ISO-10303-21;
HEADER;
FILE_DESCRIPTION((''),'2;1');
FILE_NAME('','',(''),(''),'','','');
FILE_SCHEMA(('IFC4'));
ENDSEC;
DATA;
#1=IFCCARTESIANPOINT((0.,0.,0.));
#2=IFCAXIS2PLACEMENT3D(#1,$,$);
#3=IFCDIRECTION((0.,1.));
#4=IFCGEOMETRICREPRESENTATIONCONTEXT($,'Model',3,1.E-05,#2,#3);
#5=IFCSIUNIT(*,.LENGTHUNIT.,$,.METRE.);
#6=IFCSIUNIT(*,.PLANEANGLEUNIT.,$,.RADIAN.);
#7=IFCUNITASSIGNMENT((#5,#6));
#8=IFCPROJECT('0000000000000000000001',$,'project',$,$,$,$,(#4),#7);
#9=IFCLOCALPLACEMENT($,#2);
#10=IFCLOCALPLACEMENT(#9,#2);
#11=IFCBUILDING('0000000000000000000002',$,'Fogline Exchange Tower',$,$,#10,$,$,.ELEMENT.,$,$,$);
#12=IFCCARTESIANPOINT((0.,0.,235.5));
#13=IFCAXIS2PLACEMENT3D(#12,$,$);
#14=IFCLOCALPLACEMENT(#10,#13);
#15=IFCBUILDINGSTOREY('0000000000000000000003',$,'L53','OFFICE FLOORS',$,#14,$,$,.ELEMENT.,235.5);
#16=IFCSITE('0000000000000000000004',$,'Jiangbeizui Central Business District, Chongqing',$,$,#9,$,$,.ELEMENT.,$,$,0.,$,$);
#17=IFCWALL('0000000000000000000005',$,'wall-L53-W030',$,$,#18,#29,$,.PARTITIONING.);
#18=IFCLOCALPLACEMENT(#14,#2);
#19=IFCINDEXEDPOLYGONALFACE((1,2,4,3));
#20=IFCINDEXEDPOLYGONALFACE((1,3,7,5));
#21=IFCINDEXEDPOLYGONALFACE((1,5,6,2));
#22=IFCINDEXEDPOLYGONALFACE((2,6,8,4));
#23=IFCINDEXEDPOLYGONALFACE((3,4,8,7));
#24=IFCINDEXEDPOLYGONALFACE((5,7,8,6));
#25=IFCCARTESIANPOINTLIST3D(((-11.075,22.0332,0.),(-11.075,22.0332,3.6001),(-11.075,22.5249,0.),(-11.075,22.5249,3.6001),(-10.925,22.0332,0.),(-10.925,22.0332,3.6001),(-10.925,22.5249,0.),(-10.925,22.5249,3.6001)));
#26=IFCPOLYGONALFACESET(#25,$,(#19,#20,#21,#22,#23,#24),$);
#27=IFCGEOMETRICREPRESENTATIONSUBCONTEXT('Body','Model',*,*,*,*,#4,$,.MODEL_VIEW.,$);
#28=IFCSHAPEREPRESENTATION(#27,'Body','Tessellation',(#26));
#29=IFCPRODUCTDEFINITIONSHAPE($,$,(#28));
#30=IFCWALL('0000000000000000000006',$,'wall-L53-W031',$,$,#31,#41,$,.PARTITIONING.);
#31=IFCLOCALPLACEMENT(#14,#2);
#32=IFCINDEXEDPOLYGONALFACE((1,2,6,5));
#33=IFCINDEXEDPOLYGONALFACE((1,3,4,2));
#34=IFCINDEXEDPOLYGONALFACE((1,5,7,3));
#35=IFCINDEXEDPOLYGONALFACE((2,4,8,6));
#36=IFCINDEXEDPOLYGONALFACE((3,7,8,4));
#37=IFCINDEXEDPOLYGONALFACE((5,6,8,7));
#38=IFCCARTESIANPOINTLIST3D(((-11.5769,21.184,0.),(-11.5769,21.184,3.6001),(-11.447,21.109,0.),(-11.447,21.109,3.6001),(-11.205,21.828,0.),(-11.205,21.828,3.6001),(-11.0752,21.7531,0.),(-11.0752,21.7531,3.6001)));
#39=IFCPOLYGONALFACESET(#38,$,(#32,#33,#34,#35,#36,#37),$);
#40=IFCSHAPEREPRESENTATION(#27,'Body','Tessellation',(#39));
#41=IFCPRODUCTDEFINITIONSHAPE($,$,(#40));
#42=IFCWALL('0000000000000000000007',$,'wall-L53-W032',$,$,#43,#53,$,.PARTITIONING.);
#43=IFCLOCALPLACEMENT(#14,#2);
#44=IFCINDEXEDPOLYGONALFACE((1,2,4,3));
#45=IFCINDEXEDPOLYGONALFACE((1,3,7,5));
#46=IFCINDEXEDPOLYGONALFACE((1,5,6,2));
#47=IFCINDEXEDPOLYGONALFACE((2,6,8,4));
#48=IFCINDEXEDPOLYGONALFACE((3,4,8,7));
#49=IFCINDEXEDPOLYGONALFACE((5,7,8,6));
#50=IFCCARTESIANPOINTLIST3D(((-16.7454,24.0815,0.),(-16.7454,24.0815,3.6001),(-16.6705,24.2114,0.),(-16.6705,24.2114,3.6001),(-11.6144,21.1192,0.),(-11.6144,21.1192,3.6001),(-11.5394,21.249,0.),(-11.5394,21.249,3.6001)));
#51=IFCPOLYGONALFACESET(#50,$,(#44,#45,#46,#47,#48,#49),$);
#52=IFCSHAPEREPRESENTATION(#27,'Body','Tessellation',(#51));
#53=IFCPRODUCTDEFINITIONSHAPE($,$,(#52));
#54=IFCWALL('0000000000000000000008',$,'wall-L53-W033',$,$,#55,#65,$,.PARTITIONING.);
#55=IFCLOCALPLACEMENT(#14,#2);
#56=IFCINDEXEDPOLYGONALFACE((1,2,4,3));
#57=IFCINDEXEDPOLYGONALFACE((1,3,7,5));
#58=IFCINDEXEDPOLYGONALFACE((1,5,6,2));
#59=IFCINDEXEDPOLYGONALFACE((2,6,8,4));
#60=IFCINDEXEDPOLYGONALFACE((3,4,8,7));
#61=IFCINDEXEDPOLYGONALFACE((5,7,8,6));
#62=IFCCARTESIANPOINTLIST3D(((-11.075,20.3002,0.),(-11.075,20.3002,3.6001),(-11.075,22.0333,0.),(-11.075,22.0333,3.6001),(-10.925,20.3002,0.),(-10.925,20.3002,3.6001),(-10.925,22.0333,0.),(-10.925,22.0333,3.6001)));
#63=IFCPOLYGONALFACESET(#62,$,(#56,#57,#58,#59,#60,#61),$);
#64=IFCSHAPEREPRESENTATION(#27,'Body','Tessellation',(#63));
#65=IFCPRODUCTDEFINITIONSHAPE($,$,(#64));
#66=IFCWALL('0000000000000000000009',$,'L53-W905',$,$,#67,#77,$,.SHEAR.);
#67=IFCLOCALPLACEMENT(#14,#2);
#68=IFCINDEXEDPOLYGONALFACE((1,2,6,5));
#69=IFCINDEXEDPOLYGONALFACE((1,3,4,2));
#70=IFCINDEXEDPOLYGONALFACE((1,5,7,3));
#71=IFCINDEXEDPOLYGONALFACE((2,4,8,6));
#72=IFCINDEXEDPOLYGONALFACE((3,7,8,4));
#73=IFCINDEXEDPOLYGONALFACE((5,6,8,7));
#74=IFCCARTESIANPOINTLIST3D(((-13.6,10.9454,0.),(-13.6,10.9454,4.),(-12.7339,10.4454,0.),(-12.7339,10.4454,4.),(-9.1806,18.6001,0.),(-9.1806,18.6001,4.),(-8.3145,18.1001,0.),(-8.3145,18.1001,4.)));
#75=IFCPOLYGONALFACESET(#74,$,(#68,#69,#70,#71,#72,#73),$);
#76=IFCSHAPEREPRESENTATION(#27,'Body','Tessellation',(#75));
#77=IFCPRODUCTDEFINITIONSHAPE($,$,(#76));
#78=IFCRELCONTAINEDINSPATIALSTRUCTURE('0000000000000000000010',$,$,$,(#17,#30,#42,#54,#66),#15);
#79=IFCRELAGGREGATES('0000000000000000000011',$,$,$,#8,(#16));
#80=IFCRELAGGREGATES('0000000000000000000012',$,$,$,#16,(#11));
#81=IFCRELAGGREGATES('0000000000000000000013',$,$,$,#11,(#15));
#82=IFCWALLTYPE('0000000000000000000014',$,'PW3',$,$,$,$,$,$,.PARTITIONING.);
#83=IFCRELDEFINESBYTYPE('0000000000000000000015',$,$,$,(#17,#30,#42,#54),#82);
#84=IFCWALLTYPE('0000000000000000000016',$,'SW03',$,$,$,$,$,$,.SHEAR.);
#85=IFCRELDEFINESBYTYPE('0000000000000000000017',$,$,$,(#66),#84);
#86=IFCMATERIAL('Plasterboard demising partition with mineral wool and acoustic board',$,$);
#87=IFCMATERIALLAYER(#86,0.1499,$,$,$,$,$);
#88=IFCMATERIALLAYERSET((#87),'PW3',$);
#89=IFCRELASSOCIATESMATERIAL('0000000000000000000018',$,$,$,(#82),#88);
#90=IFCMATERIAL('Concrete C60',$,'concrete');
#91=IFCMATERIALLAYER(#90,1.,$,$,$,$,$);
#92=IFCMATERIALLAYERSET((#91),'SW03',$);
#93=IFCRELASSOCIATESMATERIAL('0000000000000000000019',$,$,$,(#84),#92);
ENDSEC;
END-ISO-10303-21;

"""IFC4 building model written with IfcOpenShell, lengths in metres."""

from ifc_helpers import new_model, si_unit, direction, frame, frame_2d, origin, place, context, subcontext, project, spatial, rectangle, extrude, material, layer, layer_set, type_object, element, save


model = new_model("IFC4")

# Units and contexts
model_context = context("Model", 3, precision=1e-05, world=origin(), true_north=direction((0.0, 1.0)))
body_context = subcontext(model_context, "Body", "Model", "MODEL_VIEW")
ifc_project = project(units=[si_unit("LENGTHUNIT", "METRE"), si_unit("PLANEANGLEUNIT", "RADIAN")], contexts=[model_context])

# Site, building, storey
site_placement = place(None, origin())
site = spatial("IfcSite", under=ifc_project, at=site_placement, Name="Jiangbeizui Central Business District, Chongqing", CompositionType="ELEMENT", RefElevation=0.0)
building_placement = place(site_placement, origin())
building = spatial("IfcBuilding", under=site, at=building_placement, Name="Fogline Exchange Tower", CompositionType="ELEMENT")
storey_placement = place(building_placement, frame((0.0, 0.0, 235.5)))
storey = spatial("IfcBuildingStorey", under=building, at=storey_placement, Name="L53", Description="OFFICE FLOORS", CompositionType="ELEMENT", Elevation=235.5)

# Shared definitions
ifc_material_1 = material(Name="Concrete C60", Category="concrete")

# Shared definitions
ifc_material_2 = material(Name="Plasterboard demising partition with mineral wool and acoustic board")
ifc_layer_1 = layer(ifc_material_2, 0.1499)
ifc_layer_set_1 = layer_set([ifc_layer_1], Name="PW3")
wall_type_1 = type_object("IfcWallType", Name="PW3", PredefinedType="PARTITIONING", material=ifc_layer_set_1)

# Walls
wall_1_placement = place(storey_placement, frame((-11.0, 22.5249, 0.0), z_axis=(0.0, 0.0, 1.0), x_axis=(0.0, -1.0, 0.0)))
element("IfcWall", 1, at=wall_1_placement, inside=storey, type_object=wall_type_1, Name="wall-L53-W030", PredefinedType="PARTITIONING", context=body_context, shape_type="SweptSolid", body=[
    extrude(rectangle(XDim=0.4917, YDim=0.1499, at=frame_2d((0.2458, 0.0))), origin(), (0.0, 0.0, 1.0), 3.6001),
])
wall_2_placement = place(storey_placement, frame((-11.1401, 21.7905, 0.0), z_axis=(0.0, 0.0, 1.0), x_axis=(-0.499988, -0.866033, 0.0)))
element("IfcWall", 2, at=wall_2_placement, inside=storey, type_object=wall_type_1, Name="wall-L53-W031", PredefinedType="PARTITIONING", context=body_context, shape_type="SweptSolid", body=[
    extrude(rectangle(XDim=0.7437, YDim=0.1499, at=frame_2d((0.3718, 0.0))), origin(), (0.0, 0.0, 1.0), 3.6001),
])
wall_3_placement = place(storey_placement, frame((-11.5769, 21.1841, 0.0), z_axis=(0.0, 0.0, 1.0), x_axis=(-0.866028, 0.499995, 0.0)))
element("IfcWall", 3, at=wall_3_placement, inside=storey, type_object=wall_type_1, Name="wall-L53-W032", PredefinedType="PARTITIONING", context=body_context, shape_type="SweptSolid", body=[
    extrude(rectangle(XDim=5.9248, YDim=0.1499, at=frame_2d((2.9624, 0.0))), origin(), (0.0, 0.0, 1.0), 3.6001),
])
wall_4_placement = place(storey_placement, frame((-11.0, 20.3, 0.0), z_axis=(0.0, 0.0, 1.0), x_axis=(0.0, 1.0, 0.0)))
element("IfcWall", 4, at=wall_4_placement, inside=storey, type_object=wall_type_1, Name="wall-L53-W033", PredefinedType="PARTITIONING", context=body_context, shape_type="SweptSolid", body=[
    extrude(rectangle(XDim=1.7332, YDim=0.1499, at=frame_2d((0.8667, 0.0))), origin(), (0.0, 0.0, 1.0), 3.6001),
])
ifc_layer_2 = layer(ifc_material_1, 1.0)
ifc_layer_set_2 = layer_set([ifc_layer_2], Name="SW03")
wall_type_2 = type_object("IfcWallType", Name="SW03", PredefinedType="SHEAR", material=ifc_layer_set_2)
wall_5_placement = place(storey_placement, frame((-8.7476, 18.3501, 0.0), z_axis=(0.0, 0.0, 1.0), x_axis=(-0.499995, -0.866028, 0.0)))
element("IfcWall", 5, at=wall_5_placement, inside=storey, type_object=wall_type_2, Name="L53-W905", PredefinedType="SHEAR", context=body_context, shape_type="SweptSolid", body=[
    extrude(rectangle(XDim=8.8389, YDim=1.0, at=frame_2d((4.4194, 0.0))), origin(), (0.0, 0.0, 1.0), 4.0),
])

save(model, "model.ifc")
